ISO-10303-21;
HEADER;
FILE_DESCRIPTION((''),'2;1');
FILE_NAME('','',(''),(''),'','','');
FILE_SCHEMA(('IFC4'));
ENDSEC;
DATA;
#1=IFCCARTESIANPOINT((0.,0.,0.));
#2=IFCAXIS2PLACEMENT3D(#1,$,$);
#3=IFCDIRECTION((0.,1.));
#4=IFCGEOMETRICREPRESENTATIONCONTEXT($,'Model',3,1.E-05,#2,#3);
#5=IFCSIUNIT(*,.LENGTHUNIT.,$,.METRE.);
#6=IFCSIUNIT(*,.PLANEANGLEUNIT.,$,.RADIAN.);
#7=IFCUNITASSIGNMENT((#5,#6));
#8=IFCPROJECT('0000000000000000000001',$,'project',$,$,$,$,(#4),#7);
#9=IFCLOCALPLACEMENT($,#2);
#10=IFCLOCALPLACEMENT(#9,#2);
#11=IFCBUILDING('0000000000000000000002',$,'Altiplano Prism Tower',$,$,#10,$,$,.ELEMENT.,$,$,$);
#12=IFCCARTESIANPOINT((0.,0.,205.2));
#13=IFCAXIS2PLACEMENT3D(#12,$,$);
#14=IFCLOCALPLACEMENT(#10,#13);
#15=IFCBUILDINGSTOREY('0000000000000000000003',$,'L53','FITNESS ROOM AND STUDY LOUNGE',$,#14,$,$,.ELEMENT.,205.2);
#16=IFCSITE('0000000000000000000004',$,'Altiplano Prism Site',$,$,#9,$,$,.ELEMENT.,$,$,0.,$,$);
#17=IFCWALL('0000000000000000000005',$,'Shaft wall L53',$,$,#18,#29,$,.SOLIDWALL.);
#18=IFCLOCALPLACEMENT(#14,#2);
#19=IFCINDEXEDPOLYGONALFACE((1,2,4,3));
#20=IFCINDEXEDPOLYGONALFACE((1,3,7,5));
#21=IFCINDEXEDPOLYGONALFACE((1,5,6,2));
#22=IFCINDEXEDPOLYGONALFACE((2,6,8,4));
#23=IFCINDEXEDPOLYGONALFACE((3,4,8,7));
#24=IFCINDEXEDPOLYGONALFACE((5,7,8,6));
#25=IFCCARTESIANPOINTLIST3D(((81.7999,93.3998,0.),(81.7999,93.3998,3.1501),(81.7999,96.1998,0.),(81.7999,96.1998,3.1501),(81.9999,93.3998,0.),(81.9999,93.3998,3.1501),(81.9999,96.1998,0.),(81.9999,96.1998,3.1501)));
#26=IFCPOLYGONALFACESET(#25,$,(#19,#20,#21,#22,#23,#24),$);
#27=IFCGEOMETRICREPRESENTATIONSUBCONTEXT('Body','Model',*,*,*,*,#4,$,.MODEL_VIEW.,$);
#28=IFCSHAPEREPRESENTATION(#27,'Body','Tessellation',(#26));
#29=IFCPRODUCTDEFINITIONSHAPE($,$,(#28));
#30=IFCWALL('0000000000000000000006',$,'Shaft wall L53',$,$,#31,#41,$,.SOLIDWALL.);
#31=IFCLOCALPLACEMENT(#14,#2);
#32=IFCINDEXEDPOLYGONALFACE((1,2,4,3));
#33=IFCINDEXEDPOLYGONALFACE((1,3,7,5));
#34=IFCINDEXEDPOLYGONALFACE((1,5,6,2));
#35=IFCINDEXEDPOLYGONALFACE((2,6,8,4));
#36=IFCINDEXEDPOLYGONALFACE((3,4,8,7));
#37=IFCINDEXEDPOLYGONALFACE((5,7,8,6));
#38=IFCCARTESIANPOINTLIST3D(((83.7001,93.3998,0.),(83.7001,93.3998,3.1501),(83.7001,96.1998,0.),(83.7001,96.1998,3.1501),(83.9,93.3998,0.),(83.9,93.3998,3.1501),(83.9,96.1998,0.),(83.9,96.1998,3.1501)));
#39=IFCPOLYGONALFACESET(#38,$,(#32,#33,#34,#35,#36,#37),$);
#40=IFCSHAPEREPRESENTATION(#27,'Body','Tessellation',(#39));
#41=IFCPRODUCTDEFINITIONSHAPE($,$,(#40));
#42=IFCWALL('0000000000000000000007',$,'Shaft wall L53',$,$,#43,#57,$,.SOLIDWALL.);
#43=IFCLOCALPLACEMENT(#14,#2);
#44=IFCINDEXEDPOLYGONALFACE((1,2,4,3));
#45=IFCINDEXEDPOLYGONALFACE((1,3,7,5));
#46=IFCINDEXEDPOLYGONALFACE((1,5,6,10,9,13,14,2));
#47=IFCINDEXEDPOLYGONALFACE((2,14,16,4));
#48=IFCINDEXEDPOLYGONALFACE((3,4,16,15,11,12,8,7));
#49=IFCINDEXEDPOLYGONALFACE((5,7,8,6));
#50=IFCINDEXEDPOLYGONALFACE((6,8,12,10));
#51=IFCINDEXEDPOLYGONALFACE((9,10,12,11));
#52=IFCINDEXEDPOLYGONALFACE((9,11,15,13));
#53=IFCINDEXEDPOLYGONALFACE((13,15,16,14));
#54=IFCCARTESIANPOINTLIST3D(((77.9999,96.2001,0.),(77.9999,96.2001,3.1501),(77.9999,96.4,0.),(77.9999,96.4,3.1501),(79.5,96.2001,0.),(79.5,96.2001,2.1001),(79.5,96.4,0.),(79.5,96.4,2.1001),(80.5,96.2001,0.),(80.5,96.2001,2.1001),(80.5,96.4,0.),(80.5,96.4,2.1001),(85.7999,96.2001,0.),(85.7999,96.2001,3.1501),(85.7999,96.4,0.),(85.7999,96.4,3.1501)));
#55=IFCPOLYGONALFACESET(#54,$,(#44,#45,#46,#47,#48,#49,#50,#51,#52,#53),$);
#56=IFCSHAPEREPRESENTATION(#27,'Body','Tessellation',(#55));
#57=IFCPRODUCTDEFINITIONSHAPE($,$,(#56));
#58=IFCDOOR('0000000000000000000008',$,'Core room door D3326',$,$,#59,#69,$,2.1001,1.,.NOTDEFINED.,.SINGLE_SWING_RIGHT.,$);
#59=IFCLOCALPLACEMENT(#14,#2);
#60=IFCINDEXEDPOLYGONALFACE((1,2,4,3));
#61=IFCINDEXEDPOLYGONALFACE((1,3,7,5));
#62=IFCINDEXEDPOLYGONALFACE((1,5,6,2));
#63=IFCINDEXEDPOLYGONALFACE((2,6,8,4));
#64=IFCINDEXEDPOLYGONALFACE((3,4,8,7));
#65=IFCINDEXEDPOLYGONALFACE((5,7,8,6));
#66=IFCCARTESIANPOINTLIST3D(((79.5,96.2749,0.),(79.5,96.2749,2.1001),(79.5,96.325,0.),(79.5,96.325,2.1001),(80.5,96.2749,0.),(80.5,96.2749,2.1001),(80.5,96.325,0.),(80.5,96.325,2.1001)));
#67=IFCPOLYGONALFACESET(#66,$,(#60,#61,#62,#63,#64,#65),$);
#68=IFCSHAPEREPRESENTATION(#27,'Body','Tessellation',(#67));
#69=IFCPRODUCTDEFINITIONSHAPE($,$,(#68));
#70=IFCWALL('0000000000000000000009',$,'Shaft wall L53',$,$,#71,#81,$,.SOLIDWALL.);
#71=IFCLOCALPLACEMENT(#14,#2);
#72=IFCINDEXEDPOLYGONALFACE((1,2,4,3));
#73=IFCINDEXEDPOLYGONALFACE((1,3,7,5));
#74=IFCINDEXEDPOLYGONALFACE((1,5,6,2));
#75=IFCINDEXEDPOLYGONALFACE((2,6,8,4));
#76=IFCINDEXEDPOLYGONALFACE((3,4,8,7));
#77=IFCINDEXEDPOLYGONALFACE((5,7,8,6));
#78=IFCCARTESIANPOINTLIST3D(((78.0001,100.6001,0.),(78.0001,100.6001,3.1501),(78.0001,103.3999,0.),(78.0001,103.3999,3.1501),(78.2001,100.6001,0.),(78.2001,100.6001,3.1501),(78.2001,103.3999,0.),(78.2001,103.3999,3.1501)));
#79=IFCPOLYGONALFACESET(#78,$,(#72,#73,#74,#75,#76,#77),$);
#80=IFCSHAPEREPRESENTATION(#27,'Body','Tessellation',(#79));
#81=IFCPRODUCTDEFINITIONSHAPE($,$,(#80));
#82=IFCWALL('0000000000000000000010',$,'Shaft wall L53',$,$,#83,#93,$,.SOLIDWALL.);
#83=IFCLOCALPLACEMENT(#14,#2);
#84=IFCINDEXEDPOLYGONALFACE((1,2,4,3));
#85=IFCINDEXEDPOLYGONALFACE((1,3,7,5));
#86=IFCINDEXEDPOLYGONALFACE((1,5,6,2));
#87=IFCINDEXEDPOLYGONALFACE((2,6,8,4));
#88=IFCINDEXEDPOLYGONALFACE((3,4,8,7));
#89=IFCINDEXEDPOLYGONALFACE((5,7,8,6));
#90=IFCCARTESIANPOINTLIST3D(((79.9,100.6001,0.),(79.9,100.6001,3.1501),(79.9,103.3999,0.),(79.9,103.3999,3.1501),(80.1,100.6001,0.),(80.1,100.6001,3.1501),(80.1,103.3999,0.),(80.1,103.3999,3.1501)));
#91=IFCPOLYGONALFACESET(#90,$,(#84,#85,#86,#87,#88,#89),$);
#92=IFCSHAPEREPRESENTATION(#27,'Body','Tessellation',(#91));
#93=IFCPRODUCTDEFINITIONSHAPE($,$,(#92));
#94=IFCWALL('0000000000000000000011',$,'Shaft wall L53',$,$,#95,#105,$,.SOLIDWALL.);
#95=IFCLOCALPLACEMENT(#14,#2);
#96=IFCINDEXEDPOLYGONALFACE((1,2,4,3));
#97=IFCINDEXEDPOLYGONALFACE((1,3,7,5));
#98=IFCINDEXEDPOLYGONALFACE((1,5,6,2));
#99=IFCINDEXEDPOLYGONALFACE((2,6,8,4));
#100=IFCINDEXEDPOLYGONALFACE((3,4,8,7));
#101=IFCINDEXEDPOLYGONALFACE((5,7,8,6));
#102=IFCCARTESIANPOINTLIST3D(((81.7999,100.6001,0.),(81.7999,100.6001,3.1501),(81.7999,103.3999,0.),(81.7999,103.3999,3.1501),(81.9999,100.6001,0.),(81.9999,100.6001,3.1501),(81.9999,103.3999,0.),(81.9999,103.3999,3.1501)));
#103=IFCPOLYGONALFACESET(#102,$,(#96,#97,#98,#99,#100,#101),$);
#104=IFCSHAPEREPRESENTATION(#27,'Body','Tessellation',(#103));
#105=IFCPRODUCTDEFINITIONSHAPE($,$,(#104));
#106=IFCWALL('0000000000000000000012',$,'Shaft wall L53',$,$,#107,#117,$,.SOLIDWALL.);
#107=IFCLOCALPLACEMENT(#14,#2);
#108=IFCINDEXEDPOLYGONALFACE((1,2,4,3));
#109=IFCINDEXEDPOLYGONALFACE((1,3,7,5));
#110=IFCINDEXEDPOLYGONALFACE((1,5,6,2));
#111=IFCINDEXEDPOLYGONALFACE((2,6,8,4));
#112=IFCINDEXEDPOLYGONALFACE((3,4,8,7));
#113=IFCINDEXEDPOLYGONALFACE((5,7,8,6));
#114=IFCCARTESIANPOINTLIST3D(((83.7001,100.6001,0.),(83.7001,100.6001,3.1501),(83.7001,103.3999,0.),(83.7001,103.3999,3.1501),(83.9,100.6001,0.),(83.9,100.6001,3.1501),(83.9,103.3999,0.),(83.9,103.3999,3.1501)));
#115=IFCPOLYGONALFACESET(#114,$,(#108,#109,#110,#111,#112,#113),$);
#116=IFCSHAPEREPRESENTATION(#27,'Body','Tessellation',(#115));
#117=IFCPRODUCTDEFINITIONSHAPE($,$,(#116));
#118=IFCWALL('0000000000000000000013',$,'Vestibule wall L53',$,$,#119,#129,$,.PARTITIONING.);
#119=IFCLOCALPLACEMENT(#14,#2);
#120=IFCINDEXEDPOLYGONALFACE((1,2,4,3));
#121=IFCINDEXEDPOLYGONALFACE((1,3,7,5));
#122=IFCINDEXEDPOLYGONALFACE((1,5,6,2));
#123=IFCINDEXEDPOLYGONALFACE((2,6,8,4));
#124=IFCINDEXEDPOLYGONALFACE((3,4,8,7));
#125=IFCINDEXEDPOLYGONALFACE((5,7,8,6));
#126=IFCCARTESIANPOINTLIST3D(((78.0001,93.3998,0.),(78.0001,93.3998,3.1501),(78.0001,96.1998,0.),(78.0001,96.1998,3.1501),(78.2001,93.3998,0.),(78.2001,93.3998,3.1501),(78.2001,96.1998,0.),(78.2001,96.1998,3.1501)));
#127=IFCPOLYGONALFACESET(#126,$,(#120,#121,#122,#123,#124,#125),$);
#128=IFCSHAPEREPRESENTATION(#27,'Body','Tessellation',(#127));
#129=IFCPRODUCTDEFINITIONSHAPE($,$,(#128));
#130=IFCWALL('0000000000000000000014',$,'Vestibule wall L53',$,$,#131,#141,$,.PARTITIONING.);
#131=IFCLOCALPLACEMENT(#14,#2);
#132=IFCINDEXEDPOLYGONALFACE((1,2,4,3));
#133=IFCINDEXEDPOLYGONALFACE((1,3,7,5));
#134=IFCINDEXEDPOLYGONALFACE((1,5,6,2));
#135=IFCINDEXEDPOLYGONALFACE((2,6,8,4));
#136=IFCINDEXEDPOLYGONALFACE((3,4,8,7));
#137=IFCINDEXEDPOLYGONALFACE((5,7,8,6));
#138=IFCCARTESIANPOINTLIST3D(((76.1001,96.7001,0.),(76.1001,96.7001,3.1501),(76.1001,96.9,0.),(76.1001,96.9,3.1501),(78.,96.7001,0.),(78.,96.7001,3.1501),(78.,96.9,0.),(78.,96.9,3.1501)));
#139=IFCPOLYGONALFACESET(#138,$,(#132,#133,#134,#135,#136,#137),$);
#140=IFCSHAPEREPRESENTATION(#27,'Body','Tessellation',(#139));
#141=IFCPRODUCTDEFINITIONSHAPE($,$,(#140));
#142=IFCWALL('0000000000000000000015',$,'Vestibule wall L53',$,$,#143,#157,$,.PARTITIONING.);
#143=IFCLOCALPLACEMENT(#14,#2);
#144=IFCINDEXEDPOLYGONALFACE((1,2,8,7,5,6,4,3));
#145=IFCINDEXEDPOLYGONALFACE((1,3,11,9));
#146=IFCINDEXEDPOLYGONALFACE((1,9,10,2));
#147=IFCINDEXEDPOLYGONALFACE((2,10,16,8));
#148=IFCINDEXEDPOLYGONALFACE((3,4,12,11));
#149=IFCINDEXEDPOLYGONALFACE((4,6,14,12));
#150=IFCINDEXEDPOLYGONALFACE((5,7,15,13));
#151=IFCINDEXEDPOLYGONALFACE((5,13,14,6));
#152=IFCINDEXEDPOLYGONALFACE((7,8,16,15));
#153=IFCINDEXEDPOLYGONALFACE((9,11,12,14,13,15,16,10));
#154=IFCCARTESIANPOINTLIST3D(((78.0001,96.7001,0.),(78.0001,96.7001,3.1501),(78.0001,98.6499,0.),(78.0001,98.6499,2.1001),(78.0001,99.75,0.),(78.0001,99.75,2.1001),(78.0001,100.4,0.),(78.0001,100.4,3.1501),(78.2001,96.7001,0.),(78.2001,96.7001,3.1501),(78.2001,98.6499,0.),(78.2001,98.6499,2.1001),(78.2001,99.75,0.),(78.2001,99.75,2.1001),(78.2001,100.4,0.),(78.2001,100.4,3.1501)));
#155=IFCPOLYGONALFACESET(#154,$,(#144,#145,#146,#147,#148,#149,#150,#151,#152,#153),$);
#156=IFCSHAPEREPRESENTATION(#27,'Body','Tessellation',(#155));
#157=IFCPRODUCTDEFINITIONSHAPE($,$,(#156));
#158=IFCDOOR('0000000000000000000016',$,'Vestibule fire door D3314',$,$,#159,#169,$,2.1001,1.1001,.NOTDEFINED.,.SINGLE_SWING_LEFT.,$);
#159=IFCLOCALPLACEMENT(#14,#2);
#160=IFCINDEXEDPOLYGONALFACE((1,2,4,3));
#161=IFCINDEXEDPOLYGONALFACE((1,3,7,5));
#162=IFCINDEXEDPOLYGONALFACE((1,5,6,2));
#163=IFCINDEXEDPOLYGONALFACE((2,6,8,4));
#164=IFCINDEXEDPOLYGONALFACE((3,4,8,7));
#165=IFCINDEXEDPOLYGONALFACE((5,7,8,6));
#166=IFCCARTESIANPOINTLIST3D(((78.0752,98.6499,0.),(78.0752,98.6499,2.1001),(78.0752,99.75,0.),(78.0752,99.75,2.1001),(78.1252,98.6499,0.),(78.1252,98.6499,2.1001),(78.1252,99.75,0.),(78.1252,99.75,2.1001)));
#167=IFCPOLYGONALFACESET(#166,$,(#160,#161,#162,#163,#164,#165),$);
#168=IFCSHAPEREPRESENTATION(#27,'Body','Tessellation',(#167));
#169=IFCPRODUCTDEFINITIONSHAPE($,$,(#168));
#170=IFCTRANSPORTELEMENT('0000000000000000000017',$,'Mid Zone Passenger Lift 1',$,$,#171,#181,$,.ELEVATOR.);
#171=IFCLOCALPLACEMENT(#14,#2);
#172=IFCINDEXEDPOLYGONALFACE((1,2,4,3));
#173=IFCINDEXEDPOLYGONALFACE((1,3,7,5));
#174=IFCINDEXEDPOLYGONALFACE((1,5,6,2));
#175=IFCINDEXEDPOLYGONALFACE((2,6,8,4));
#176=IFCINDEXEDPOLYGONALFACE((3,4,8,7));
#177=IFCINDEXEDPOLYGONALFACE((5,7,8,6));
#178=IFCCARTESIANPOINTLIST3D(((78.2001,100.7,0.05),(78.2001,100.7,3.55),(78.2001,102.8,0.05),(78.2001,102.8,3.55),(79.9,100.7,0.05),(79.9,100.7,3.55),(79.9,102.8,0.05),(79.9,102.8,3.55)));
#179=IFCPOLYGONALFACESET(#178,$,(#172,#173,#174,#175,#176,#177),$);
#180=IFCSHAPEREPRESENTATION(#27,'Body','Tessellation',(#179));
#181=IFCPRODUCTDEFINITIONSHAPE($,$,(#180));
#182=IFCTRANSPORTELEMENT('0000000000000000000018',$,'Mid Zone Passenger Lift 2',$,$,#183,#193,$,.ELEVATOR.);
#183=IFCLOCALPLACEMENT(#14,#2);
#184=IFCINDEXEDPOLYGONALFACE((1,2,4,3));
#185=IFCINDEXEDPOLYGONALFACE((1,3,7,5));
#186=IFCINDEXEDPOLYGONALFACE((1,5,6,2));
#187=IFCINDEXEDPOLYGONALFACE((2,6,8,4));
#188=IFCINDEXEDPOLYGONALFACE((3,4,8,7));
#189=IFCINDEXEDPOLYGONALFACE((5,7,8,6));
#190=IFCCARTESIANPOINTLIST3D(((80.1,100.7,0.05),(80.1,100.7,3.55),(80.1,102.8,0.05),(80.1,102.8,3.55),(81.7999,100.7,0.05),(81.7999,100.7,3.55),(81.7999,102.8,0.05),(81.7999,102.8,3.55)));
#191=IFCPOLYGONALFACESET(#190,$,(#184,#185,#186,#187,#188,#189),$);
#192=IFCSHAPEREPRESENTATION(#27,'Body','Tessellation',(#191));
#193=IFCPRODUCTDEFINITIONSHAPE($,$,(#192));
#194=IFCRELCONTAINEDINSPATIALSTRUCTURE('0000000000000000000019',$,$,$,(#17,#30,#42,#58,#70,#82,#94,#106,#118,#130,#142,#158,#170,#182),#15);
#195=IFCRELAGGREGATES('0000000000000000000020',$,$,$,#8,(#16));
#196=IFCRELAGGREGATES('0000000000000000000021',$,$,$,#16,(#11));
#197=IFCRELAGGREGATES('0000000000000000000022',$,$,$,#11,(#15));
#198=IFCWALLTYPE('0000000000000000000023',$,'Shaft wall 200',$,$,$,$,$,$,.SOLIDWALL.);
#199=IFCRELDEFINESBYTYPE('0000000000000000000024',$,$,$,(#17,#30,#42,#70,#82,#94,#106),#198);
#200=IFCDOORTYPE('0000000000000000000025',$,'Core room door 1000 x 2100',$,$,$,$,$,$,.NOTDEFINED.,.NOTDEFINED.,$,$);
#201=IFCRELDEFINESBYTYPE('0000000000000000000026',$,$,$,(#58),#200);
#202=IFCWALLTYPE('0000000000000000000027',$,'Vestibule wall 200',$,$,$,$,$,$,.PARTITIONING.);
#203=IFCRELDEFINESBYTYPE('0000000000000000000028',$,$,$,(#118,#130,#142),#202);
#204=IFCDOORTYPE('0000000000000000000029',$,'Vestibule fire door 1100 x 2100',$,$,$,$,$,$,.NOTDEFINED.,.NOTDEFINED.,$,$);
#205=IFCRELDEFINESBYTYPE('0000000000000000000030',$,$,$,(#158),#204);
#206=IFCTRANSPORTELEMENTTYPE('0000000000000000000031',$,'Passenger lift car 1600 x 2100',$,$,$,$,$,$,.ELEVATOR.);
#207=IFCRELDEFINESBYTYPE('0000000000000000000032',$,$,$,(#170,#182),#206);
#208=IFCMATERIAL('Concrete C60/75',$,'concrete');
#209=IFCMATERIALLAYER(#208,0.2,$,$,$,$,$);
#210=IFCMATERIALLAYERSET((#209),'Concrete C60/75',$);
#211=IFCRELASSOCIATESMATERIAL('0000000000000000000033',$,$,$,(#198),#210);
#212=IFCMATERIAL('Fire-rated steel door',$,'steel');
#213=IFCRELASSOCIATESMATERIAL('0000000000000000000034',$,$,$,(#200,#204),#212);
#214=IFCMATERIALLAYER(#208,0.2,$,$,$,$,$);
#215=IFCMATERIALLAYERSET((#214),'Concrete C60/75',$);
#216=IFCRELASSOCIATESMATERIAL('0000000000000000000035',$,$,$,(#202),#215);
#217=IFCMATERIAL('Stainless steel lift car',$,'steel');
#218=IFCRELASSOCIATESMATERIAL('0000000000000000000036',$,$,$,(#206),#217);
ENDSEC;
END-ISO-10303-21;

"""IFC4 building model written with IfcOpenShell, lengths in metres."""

from ifc_helpers import new_model, si_unit, direction, frame, frame_2d, origin, origin_2d, place, context, subcontext, project, spatial, rectangle, extrude, material, layer, layer_set, type_object, element, fill, save


model = new_model("IFC4")

# Units and contexts
model_context = context("Model", 3, precision=1e-05, world=origin(), true_north=direction((0.0, 1.0)))
body_context = subcontext(model_context, "Body", "Model", "MODEL_VIEW")
ifc_project = project(units=[si_unit("LENGTHUNIT", "METRE"), si_unit("PLANEANGLEUNIT", "RADIAN")], contexts=[model_context])

# Site, building, storey
site_placement = place(None, origin())
site = spatial("IfcSite", under=ifc_project, at=site_placement, Name="Altiplano Prism Site", CompositionType="ELEMENT", RefElevation=0.0)
building_placement = place(site_placement, origin())
building = spatial("IfcBuilding", under=site, at=building_placement, Name="Altiplano Prism Tower", CompositionType="ELEMENT")
storey_placement = place(building_placement, frame((0.0, 0.0, 205.2)))
storey = spatial("IfcBuildingStorey", under=building, at=storey_placement, Name="L53", Description="FITNESS ROOM AND STUDY LOUNGE", CompositionType="ELEMENT", Elevation=205.2)

# Walls
ifc_material_1 = material(Name="Concrete C60/75", Category="concrete")
ifc_layer_1 = layer(ifc_material_1, 0.2)
ifc_layer_set_1 = layer_set([ifc_layer_1], Name="Concrete C60/75")
wall_type_1 = type_object("IfcWallType", Name="Shaft wall 200", PredefinedType="SOLIDWALL", material=ifc_layer_set_1)
for number, where, z_axis, x_axis, name in (
    (1, (81.8999, 93.3999, 0.0), (0.0, 0.0, 1.0), (0.0, 1.0, 0.0), "Shaft wall L53"),
    (2, (83.8, 93.3999, 0.0), (0.0, 0.0, 1.0), (0.0, 1.0, 0.0), "Shaft wall L53"),
):
    element("IfcWall", number, at=place(storey_placement, frame(where, z_axis=z_axis, x_axis=x_axis)), inside=storey, type_object=wall_type_1, Name=name, PredefinedType="SOLIDWALL", context=body_context, shape_type="SweptSolid", body=[
        extrude(rectangle(XDim=2.8, YDim=0.2, at=frame_2d((1.3999, 0.0))), origin(), (0.0, 0.0, 1.0), 3.1501),
    ])

# Wall, opening, door
wall_1_placement = place(storey_placement, frame((78.0, 96.3, 0.0), z_axis=(0.0, 0.0, 1.0), x_axis=(1.0, 0.0, 0.0)))
wall_1 = element("IfcWall", 3, at=wall_1_placement, inside=storey, type_object=wall_type_1, Name="Shaft wall L53", PredefinedType="SOLIDWALL", context=body_context, shape_type="SweptSolid", body=[
    extrude(rectangle(XDim=7.8, YDim=0.2, at=frame_2d((3.8999, 0.0))), origin(), (0.0, 0.0, 1.0), 3.1501),
])
opening_1_placement = place(wall_1_placement, frame((1.5, 0.0, 0.0)))
opening_1 = element("IfcOpeningElement", 4, at=opening_1_placement, cuts=wall_1, PredefinedType="OPENING", context=body_context, shape_type="SweptSolid", body=[
    extrude(rectangle(XDim=1.0, YDim=2.1001, at=frame_2d((0.5, 1.05))), frame((0.0, 0.1104, 0.0), z_axis=(0.0, -1.0, 0.0), x_axis=(1.0, 0.0, 0.0)), (0.0, 0.0, 1.0), 0.2209),
])
ifc_material_2 = material(Name="Fire-rated steel door", Category="steel")
door_type_1 = type_object("IfcDoorType", Name="Core room door 1000 x 2100", OperationType="NOTDEFINED", PredefinedType="NOTDEFINED", material=ifc_material_2)
door_1_placement = place(opening_1_placement, origin())
door_1 = element("IfcDoor", 5, at=door_1_placement, inside=storey, type_object=door_type_1, Name="Core room door D3326", OperationType="SINGLE_SWING_RIGHT", OverallHeight=2.1001, OverallWidth=1.0, PredefinedType="NOTDEFINED", context=body_context, shape_type="SweptSolid", body=[
    extrude(rectangle(XDim=1.0, YDim=2.1001, at=frame_2d((0.5, 1.05))), frame((0.0, 0.0249, 0.0), z_axis=(0.0, -1.0, 0.0), x_axis=(1.0, 0.0, 0.0)), (0.0, 0.0, 1.0), 0.05),
])
fill(opening_1, door_1)

# Walls
for number, where, z_axis, x_axis, name in (
    (6, (78.1001, 100.6001, 0.0), (0.0, 0.0, 1.0), (0.0, 1.0, 0.0), "Shaft wall L53"),
    (7, (80.0, 100.6001, 0.0), (0.0, 0.0, 1.0), (0.0, 1.0, 0.0), "Shaft wall L53"),
    (8, (81.8999, 100.6001, 0.0), (0.0, 0.0, 1.0), (0.0, 1.0, 0.0), "Shaft wall L53"),
    (9, (83.8, 100.6001, 0.0), (0.0, 0.0, 1.0), (0.0, 1.0, 0.0), "Shaft wall L53"),
):
    element("IfcWall", number, at=place(storey_placement, frame(where, z_axis=z_axis, x_axis=x_axis)), inside=storey, type_object=wall_type_1, Name=name, PredefinedType="SOLIDWALL", context=body_context, shape_type="SweptSolid", body=[
        extrude(rectangle(XDim=2.7998, YDim=0.2, at=frame_2d((1.3999, 0.0))), origin(), (0.0, 0.0, 1.0), 3.1501),
    ])
ifc_layer_2 = layer(ifc_material_1, 0.2)
ifc_layer_set_2 = layer_set([ifc_layer_2], Name="Concrete C60/75")
wall_type_2 = type_object("IfcWallType", Name="Vestibule wall 200", PredefinedType="PARTITIONING", material=ifc_layer_set_2)
wall_2_placement = place(storey_placement, frame((78.1001, 93.3999, 0.0), z_axis=(0.0, 0.0, 1.0), x_axis=(0.0, 1.0, 0.0)))
element("IfcWall", 10, at=wall_2_placement, inside=storey, type_object=wall_type_2, Name="Vestibule wall L53", PredefinedType="PARTITIONING", context=body_context, shape_type="SweptSolid", body=[
    extrude(rectangle(XDim=2.8, YDim=0.2, at=frame_2d((1.3999, 0.0))), origin(), (0.0, 0.0, 1.0), 3.1501),
])
wall_3_placement = place(storey_placement, frame((76.1001, 96.8, 0.0), z_axis=(0.0, 0.0, 1.0), x_axis=(1.0, 0.0, 0.0)))
element("IfcWall", 11, at=wall_3_placement, inside=storey, type_object=wall_type_2, Name="Vestibule wall L53", PredefinedType="PARTITIONING", context=body_context, shape_type="SweptSolid", body=[
    extrude(rectangle(XDim=1.8999, YDim=0.2, at=frame_2d((0.95, 0.0))), origin(), (0.0, 0.0, 1.0), 3.1501),
])

# Wall, opening, door
wall_4_placement = place(storey_placement, frame((78.1001, 96.7, 0.0), z_axis=(0.0, 0.0, 1.0), x_axis=(0.0, 1.0, 0.0)))
wall_4 = element("IfcWall", 12, at=wall_4_placement, inside=storey, type_object=wall_type_2, Name="Vestibule wall L53", PredefinedType="PARTITIONING", context=body_context, shape_type="SweptSolid", body=[
    extrude(rectangle(XDim=3.7, YDim=0.2, at=frame_2d((1.8501, 0.0))), origin(), (0.0, 0.0, 1.0), 3.1501),
])
opening_2_placement = place(wall_4_placement, frame((1.95, 0.0, 0.0)))
opening_2 = element("IfcOpeningElement", 13, at=opening_2_placement, cuts=wall_4, PredefinedType="OPENING", context=body_context, shape_type="SweptSolid", body=[
    extrude(rectangle(XDim=1.1001, YDim=2.1001, at=frame_2d((0.55, 1.05))), frame((0.0, 0.1104, 0.0), z_axis=(0.0, -1.0, 0.0), x_axis=(1.0, 0.0, 0.0)), (0.0, 0.0, 1.0), 0.2209),
])
door_type_2 = type_object("IfcDoorType", Name="Vestibule fire door 1100 x 2100", OperationType="NOTDEFINED", PredefinedType="NOTDEFINED", material=ifc_material_2)
door_2_placement = place(opening_2_placement, origin())
door_2 = element("IfcDoor", 14, at=door_2_placement, inside=storey, type_object=door_type_2, Name="Vestibule fire door D3314", OperationType="SINGLE_SWING_LEFT", OverallHeight=2.1001, OverallWidth=1.1001, PredefinedType="NOTDEFINED", context=body_context, shape_type="SweptSolid", body=[
    extrude(rectangle(XDim=1.1001, YDim=2.1001, at=frame_2d((0.55, 1.05))), frame((0.0, 0.0249, 0.0), z_axis=(0.0, -1.0, 0.0), x_axis=(1.0, 0.0, 0.0)), (0.0, 0.0, 1.0), 0.05),
])
fill(opening_2, door_2)

# Transport elements
ifc_material_3 = material(Name="Stainless steel lift car", Category="steel")
transport_element_type = type_object("IfcTransportElementType", Name="Passenger lift car 1600 x 2100", PredefinedType="ELEVATOR", material=ifc_material_3)
for number, where, z_axis, x_axis, name in (
    (15, (79.05, 101.75, 0.05), (0.0, 0.0, 1.0), (1.0, 0.0, 0.0), "Mid Zone Passenger Lift 1"),
    (16, (80.95, 101.75, 0.05), (0.0, 0.0, 1.0), (1.0, 0.0, 0.0), "Mid Zone Passenger Lift 2"),
):
    element("IfcTransportElement", number, at=place(storey_placement, frame(where, z_axis=z_axis, x_axis=x_axis)), inside=storey, type_object=transport_element_type, Name=name, PredefinedType="ELEVATOR", context=body_context, shape_type="SweptSolid", body=[
        extrude(rectangle(XDim=1.7, YDim=2.1001, at=origin_2d()), origin(), (0.0, 0.0, 1.0), 3.5),
    ])

save(model, "model.ifc")
